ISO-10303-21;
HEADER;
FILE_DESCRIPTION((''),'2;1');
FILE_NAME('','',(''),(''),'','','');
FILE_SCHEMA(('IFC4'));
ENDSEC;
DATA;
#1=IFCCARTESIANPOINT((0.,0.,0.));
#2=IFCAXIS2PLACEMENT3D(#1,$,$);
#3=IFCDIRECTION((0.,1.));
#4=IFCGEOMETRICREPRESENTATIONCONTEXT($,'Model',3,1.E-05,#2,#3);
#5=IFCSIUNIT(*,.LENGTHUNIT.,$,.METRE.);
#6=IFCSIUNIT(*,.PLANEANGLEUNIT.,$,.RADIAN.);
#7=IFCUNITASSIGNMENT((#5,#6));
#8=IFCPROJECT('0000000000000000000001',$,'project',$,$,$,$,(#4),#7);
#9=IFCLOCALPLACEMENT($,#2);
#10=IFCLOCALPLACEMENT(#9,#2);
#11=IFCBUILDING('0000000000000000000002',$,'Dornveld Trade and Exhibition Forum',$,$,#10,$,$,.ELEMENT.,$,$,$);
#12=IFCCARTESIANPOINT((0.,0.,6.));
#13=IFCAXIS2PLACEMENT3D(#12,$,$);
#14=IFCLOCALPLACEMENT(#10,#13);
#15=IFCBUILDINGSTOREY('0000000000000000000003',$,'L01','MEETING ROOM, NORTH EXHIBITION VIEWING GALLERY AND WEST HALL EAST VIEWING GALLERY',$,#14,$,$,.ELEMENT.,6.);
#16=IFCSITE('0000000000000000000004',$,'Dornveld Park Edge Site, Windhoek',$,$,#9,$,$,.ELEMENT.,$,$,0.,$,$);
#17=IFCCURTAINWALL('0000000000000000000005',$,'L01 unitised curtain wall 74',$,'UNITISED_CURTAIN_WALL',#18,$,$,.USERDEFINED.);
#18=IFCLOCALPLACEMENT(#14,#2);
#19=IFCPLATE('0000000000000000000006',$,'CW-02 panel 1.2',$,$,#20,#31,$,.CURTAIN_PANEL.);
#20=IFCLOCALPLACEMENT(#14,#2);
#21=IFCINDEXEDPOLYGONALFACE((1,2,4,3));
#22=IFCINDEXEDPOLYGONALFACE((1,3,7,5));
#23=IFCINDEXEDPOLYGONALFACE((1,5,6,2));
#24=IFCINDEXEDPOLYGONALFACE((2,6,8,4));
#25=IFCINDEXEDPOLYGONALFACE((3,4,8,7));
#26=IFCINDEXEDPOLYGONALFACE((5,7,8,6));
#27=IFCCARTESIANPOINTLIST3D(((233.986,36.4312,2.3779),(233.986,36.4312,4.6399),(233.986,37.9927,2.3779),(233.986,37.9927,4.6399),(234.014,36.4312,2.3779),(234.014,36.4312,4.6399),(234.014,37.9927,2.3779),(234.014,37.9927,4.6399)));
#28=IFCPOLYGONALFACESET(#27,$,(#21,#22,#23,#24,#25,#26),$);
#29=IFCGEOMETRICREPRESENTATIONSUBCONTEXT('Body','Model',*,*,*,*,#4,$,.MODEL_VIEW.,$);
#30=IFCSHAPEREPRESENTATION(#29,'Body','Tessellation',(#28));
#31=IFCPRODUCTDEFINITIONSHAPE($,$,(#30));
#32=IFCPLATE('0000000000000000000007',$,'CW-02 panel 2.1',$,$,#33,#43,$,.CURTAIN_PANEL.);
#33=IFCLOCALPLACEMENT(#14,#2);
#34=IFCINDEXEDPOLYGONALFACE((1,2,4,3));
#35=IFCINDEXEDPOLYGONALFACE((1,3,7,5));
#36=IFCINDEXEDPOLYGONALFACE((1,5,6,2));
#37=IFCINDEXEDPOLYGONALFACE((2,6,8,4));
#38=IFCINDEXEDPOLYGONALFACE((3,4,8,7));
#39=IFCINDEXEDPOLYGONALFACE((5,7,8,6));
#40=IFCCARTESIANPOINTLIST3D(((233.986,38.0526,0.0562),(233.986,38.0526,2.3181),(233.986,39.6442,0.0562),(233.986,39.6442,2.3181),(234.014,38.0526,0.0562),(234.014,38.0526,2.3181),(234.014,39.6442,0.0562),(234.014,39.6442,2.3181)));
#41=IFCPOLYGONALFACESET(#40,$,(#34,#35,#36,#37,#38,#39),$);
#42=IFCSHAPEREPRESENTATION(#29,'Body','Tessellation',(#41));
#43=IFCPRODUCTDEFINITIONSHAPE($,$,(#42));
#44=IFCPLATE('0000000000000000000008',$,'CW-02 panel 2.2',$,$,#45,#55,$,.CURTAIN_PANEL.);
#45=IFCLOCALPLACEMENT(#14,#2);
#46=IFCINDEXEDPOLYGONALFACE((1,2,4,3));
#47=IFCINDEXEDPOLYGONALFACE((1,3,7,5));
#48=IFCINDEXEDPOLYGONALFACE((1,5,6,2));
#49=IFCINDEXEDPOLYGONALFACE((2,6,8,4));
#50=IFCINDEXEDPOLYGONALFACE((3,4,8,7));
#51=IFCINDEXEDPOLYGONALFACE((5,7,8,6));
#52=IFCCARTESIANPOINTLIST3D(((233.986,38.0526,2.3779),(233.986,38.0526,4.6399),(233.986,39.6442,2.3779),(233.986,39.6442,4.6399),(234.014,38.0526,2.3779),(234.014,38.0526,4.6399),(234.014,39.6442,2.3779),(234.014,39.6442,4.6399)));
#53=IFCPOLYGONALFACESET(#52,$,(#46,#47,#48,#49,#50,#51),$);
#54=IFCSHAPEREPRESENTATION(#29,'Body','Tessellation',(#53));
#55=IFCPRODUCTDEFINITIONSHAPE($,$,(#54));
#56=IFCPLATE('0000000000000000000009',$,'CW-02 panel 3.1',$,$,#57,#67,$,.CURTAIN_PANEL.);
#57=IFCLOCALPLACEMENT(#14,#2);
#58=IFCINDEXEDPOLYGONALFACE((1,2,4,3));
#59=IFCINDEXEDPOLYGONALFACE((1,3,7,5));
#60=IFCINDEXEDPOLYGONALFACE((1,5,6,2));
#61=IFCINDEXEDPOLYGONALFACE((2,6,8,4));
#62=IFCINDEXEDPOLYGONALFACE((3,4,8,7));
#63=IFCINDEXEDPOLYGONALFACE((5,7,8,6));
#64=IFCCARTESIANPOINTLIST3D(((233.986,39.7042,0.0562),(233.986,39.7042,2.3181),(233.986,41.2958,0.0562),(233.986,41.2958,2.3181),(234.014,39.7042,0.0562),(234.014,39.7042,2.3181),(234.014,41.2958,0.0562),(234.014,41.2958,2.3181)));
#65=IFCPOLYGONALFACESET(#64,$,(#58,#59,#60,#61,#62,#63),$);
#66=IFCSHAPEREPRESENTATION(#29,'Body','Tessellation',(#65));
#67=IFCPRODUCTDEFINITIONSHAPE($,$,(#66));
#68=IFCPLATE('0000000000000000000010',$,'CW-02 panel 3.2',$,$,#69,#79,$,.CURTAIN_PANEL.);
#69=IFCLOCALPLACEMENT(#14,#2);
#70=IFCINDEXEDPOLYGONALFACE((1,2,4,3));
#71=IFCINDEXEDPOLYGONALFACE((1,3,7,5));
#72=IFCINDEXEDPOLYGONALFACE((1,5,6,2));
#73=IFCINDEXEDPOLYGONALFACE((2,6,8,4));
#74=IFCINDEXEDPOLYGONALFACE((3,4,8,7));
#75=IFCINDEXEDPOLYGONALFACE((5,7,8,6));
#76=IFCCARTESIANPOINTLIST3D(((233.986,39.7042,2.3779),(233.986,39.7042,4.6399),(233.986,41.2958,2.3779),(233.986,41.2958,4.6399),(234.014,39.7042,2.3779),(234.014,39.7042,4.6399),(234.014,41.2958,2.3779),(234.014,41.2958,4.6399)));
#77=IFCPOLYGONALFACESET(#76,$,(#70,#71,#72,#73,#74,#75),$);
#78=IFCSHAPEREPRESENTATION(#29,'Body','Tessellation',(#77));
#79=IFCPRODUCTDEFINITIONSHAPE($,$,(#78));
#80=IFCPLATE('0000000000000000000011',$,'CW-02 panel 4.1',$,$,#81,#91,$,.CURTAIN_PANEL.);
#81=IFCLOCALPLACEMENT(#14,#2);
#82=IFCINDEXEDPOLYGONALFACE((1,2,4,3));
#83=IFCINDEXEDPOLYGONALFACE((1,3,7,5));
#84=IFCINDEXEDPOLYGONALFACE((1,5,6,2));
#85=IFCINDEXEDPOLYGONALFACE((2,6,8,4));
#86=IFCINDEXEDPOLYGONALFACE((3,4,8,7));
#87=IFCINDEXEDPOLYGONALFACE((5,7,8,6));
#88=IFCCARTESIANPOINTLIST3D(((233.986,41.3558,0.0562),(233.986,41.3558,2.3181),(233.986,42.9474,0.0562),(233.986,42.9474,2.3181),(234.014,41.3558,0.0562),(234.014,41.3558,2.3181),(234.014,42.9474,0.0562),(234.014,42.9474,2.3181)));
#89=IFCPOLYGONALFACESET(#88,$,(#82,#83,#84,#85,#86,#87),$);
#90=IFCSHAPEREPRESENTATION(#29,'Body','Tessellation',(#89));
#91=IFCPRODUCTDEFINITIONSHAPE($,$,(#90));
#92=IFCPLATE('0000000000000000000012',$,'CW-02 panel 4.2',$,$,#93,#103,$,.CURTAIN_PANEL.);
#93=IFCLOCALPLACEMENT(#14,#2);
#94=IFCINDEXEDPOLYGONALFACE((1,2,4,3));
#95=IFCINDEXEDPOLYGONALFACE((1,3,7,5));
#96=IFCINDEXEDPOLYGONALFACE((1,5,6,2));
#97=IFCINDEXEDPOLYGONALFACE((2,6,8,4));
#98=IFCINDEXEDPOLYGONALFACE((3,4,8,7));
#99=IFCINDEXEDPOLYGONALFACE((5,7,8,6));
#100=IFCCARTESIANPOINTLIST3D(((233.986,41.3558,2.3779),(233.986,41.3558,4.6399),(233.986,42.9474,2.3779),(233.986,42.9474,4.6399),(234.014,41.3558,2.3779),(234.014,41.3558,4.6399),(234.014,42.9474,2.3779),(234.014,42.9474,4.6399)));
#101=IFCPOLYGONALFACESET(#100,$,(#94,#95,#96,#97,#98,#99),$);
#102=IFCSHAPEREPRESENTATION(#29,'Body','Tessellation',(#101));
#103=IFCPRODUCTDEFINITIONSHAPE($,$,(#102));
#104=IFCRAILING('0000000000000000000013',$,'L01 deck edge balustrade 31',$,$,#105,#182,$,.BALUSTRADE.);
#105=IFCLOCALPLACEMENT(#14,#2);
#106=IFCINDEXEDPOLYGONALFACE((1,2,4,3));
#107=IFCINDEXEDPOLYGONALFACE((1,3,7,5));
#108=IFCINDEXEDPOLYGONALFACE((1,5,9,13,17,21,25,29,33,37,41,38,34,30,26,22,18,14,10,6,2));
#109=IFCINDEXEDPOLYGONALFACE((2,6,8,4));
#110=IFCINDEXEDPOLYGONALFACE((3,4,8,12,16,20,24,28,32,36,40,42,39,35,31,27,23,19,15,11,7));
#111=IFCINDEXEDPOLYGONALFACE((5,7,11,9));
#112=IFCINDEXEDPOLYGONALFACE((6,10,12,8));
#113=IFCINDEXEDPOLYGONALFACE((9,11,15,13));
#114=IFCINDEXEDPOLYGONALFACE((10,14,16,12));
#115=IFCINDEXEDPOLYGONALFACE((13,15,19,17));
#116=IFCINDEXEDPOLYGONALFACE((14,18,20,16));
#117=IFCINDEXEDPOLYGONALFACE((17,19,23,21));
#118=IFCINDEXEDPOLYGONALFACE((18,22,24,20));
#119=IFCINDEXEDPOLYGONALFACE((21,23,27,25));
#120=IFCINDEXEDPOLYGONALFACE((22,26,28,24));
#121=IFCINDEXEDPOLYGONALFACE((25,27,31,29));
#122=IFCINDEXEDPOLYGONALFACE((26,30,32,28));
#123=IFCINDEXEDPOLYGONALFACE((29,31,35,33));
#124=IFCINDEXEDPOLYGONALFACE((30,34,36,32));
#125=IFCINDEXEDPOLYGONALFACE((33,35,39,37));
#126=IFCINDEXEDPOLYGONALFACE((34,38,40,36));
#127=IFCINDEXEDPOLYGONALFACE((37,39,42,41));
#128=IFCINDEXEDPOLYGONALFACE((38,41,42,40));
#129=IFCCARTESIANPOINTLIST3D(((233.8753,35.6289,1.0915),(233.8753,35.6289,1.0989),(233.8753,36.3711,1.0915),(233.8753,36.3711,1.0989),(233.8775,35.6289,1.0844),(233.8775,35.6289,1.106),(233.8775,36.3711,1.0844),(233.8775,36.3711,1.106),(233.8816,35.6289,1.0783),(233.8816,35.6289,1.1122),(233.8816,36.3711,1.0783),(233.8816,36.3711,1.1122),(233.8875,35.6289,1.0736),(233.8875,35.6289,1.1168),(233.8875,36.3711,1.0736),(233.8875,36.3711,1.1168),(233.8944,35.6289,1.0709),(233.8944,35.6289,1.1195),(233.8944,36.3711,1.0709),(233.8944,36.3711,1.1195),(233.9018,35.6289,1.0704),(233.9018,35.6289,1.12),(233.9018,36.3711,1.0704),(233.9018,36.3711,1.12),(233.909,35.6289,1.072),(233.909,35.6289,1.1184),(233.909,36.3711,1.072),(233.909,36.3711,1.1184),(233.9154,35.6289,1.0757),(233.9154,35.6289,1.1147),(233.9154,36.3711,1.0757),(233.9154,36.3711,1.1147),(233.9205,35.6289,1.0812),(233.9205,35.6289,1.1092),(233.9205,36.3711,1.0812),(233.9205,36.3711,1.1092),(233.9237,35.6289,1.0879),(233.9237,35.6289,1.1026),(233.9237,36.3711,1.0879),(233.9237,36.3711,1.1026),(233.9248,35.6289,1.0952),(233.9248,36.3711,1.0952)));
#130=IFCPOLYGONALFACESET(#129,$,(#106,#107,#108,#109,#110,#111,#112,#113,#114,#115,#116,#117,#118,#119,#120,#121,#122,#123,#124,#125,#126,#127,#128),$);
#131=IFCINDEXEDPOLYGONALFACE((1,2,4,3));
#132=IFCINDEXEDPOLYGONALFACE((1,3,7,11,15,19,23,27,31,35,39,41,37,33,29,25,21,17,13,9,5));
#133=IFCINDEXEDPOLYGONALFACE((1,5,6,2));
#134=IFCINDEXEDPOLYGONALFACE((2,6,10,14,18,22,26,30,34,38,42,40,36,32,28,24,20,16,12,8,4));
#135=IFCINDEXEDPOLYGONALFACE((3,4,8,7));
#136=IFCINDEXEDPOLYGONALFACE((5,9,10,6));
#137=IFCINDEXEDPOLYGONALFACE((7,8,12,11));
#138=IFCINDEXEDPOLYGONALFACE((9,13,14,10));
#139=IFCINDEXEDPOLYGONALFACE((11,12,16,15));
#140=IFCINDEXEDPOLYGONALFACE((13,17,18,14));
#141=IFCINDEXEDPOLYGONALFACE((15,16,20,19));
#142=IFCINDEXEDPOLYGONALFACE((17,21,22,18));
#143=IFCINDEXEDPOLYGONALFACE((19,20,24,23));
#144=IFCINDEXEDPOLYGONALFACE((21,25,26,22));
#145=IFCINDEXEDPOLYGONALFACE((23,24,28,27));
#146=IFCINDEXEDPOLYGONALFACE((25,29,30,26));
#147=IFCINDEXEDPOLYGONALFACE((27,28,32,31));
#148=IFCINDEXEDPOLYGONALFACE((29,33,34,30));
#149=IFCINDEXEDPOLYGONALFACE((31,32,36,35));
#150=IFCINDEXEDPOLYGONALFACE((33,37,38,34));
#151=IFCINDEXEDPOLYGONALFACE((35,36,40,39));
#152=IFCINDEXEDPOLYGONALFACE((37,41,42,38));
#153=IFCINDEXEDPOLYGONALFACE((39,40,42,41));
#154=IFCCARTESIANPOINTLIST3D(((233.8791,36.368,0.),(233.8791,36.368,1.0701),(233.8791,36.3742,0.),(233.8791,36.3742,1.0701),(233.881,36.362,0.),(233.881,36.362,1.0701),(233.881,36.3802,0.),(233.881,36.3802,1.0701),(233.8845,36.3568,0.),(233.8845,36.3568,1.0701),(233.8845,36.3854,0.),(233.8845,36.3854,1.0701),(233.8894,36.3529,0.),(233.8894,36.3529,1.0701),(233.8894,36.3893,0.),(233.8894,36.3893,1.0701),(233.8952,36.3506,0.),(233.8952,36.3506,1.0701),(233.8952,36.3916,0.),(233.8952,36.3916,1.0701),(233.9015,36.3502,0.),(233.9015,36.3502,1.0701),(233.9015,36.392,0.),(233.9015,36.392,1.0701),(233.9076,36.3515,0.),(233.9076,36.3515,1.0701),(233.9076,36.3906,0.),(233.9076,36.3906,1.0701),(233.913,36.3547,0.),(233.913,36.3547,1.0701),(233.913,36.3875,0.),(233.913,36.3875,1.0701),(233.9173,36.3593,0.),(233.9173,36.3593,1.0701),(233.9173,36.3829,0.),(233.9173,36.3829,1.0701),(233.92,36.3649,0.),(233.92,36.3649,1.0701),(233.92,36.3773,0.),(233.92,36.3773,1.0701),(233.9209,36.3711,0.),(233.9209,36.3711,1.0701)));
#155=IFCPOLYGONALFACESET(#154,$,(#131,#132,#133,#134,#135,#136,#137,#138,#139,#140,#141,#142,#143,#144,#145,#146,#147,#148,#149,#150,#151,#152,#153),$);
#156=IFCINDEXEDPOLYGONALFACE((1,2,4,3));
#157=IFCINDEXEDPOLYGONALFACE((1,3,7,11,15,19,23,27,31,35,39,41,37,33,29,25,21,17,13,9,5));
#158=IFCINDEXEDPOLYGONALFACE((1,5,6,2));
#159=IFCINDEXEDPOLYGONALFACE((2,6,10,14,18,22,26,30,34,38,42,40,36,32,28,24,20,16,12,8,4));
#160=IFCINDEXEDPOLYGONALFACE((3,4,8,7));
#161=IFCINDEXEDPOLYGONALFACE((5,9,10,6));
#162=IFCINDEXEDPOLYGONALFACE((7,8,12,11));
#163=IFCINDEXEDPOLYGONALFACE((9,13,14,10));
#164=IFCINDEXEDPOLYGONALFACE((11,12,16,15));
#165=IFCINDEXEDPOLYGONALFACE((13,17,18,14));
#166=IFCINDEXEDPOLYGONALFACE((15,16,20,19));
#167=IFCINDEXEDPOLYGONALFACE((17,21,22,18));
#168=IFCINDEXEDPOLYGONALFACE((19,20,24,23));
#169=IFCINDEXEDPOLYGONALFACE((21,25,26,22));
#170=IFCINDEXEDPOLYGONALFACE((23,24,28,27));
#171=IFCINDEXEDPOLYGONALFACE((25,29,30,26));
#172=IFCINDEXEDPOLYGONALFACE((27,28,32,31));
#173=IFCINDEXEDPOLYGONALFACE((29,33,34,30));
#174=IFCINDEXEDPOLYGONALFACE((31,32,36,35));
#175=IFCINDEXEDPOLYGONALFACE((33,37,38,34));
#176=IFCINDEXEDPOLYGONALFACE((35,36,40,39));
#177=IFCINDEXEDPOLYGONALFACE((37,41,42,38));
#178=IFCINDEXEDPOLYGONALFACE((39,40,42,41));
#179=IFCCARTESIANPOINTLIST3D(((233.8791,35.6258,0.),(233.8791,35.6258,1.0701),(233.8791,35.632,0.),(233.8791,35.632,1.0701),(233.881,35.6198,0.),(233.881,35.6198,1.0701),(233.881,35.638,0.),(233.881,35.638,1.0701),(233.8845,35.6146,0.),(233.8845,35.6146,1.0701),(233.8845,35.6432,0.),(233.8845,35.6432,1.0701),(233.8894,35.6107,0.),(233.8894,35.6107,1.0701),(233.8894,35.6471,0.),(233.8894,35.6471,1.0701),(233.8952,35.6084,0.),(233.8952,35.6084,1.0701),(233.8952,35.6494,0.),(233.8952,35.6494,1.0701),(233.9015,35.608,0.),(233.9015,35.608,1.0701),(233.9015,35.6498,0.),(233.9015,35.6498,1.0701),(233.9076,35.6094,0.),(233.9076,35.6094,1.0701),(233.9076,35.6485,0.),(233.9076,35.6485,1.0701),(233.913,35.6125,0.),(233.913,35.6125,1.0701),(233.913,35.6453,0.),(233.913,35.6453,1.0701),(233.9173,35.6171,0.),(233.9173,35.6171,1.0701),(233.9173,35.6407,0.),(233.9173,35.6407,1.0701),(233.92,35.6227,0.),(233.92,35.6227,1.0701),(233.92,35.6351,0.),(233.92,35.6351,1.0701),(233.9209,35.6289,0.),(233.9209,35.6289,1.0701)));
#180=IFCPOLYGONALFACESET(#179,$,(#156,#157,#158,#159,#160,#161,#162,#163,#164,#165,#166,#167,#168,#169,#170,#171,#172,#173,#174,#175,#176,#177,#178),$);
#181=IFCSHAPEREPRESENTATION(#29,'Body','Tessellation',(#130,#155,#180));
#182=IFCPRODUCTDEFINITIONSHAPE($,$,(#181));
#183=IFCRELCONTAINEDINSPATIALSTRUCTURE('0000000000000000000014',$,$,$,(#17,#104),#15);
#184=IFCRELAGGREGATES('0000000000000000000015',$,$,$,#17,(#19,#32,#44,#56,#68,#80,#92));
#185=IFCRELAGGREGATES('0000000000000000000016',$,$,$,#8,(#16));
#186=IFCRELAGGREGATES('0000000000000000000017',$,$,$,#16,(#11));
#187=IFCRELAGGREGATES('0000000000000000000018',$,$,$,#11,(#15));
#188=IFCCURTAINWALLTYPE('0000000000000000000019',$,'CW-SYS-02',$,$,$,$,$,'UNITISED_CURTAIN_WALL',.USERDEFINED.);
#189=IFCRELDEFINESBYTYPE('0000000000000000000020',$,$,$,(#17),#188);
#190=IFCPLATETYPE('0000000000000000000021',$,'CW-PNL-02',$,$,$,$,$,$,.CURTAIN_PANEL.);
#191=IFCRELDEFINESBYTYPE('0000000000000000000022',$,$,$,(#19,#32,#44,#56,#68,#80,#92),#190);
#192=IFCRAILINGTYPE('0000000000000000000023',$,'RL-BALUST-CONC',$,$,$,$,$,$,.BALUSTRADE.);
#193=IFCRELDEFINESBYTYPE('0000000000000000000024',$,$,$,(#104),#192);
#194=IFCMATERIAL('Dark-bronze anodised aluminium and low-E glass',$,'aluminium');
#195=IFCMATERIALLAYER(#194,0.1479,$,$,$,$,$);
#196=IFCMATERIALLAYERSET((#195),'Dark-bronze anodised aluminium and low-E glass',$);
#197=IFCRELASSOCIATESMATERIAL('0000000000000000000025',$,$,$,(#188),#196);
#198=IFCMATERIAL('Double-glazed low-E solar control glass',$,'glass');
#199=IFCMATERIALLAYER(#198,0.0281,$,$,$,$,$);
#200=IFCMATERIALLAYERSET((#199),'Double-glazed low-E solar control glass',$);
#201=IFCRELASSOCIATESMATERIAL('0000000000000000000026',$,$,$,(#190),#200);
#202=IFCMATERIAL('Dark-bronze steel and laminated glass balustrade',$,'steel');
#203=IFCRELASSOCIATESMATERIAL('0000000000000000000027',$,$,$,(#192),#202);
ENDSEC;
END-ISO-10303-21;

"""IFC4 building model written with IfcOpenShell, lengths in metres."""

from ifc_helpers import new_model, si_unit, direction, frame, origin, origin_2d, place, context, subcontext, project, spatial, rectangle, circle, extrude, material, layer, layer_set, type_object, element, aggregate, save


model = new_model("IFC4")

# Units and contexts
model_context = context("Model", 3, precision=1e-05, world=origin(), true_north=direction((0.0, 1.0)))
body_context = subcontext(model_context, "Body", "Model", "MODEL_VIEW")
ifc_project = project(units=[si_unit("LENGTHUNIT", "METRE"), si_unit("PLANEANGLEUNIT", "RADIAN")], contexts=[model_context])

# Site, building, storey
site_placement = place(None, origin())
site = spatial("IfcSite", under=ifc_project, at=site_placement, Name="Dornveld Park Edge Site, Windhoek", CompositionType="ELEMENT", RefElevation=0.0)
building_placement = place(site_placement, origin())
building = spatial("IfcBuilding", under=site, at=building_placement, Name="Dornveld Trade and Exhibition Forum", CompositionType="ELEMENT")
storey_placement = place(building_placement, frame((0.0, 0.0, 6.0)))
storey = spatial("IfcBuildingStorey", under=building, at=storey_placement, Name="L01", Description="MEETING ROOM, NORTH EXHIBITION VIEWING GALLERY AND WEST HALL EAST VIEWING GALLERY", CompositionType="ELEMENT", Elevation=6.0)

# Curtain wall, plates
ifc_material_1 = material(Name="Dark-bronze anodised aluminium and low-E glass", Category="aluminium")
ifc_layer_1 = layer(ifc_material_1, 0.1479)
ifc_layer_set_1 = layer_set([ifc_layer_1], Name="Dark-bronze anodised aluminium and low-E glass")
curtain_wall_type = type_object("IfcCurtainWallType", Name="CW-SYS-02", ElementType="UNITISED_CURTAIN_WALL", PredefinedType="USERDEFINED", material=ifc_layer_set_1)
curtain_wall_placement = place(storey_placement, origin())
curtain_wall = element("IfcCurtainWall", 1, at=curtain_wall_placement, inside=storey, type_object=curtain_wall_type, Name="L01 unitised curtain wall 74", ObjectType="UNITISED_CURTAIN_WALL", PredefinedType="USERDEFINED")
ifc_material_2 = material(Name="Double-glazed low-E solar control glass", Category="glass")
ifc_layer_2 = layer(ifc_material_2, 0.0281)
ifc_layer_set_2 = layer_set([ifc_layer_2], Name="Double-glazed low-E solar control glass")
plate_type = type_object("IfcPlateType", Name="CW-PNL-02", PredefinedType="CURTAIN_PANEL", material=ifc_layer_set_2)
plate_1_placement = place(storey_placement, frame((234.0, 37.2119, 2.3779), z_axis=(0.0, 0.0, 1.0), x_axis=(0.0, 1.0, 0.0)))
plate_1 = element("IfcPlate", 2, at=plate_1_placement, type_object=plate_type, Name="CW-02 panel 1.2", PredefinedType="CURTAIN_PANEL", context=body_context, shape_type="SweptSolid", body=[
    extrude(rectangle(XDim=1.5615, YDim=0.0281, at=origin_2d()), origin(), (0.0, 0.0, 1.0), 2.262),
])
plate_2_placement = place(storey_placement, frame((234.0, 38.8484, 0.0562), z_axis=(0.0, 0.0, 1.0), x_axis=(0.0, 1.0, 0.0)))
plate_2 = element("IfcPlate", 3, at=plate_2_placement, type_object=plate_type, Name="CW-02 panel 2.1", PredefinedType="CURTAIN_PANEL", context=body_context, shape_type="SweptSolid", body=[
    extrude(rectangle(XDim=1.5916, YDim=0.0281, at=origin_2d()), origin(), (0.0, 0.0, 1.0), 2.262),
])
plate_3_placement = place(storey_placement, frame((234.0, 38.8484, 2.3779), z_axis=(0.0, 0.0, 1.0), x_axis=(0.0, 1.0, 0.0)))
plate_3 = element("IfcPlate", 4, at=plate_3_placement, type_object=plate_type, Name="CW-02 panel 2.2", PredefinedType="CURTAIN_PANEL", context=body_context, shape_type="SweptSolid", body=[
    extrude(rectangle(XDim=1.5916, YDim=0.0281, at=origin_2d()), origin(), (0.0, 0.0, 1.0), 2.262),
])
plate_4_placement = place(storey_placement, frame((234.0, 40.5, 0.0562), z_axis=(0.0, 0.0, 1.0), x_axis=(0.0, 1.0, 0.0)))
plate_4 = element("IfcPlate", 5, at=plate_4_placement, type_object=plate_type, Name="CW-02 panel 3.1", PredefinedType="CURTAIN_PANEL", context=body_context, shape_type="SweptSolid", body=[
    extrude(rectangle(XDim=1.5916, YDim=0.0281, at=origin_2d()), origin(), (0.0, 0.0, 1.0), 2.262),
])
plate_5_placement = place(storey_placement, frame((234.0, 40.5, 2.3779), z_axis=(0.0, 0.0, 1.0), x_axis=(0.0, 1.0, 0.0)))
plate_5 = element("IfcPlate", 6, at=plate_5_placement, type_object=plate_type, Name="CW-02 panel 3.2", PredefinedType="CURTAIN_PANEL", context=body_context, shape_type="SweptSolid", body=[
    extrude(rectangle(XDim=1.5916, YDim=0.0281, at=origin_2d()), origin(), (0.0, 0.0, 1.0), 2.262),
])
plate_6_placement = place(storey_placement, frame((234.0, 42.1516, 0.0562), z_axis=(0.0, 0.0, 1.0), x_axis=(0.0, 1.0, 0.0)))
plate_6 = element("IfcPlate", 7, at=plate_6_placement, type_object=plate_type, Name="CW-02 panel 4.1", PredefinedType="CURTAIN_PANEL", context=body_context, shape_type="SweptSolid", body=[
    extrude(rectangle(XDim=1.5916, YDim=0.0281, at=origin_2d()), origin(), (0.0, 0.0, 1.0), 2.262),
])
plate_7_placement = place(storey_placement, frame((234.0, 42.1516, 2.3779), z_axis=(0.0, 0.0, 1.0), x_axis=(0.0, 1.0, 0.0)))
plate_7 = element("IfcPlate", 8, at=plate_7_placement, type_object=plate_type, Name="CW-02 panel 4.2", PredefinedType="CURTAIN_PANEL", context=body_context, shape_type="SweptSolid", body=[
    extrude(rectangle(XDim=1.5916, YDim=0.0281, at=origin_2d()), origin(), (0.0, 0.0, 1.0), 2.262),
])
aggregate(curtain_wall, [plate_1, plate_2, plate_3, plate_4, plate_5, plate_6, plate_7])

# Railing
ifc_material_3 = material(Name="Dark-bronze steel and laminated glass balustrade", Category="steel")
railing_type = type_object("IfcRailingType", Name="RL-BALUST-CONC", PredefinedType="BALUSTRADE", material=ifc_material_3)
railing_placement = place(storey_placement, frame((233.8999, 36.3711, 0.0)))
element("IfcRailing", 9, at=railing_placement, inside=storey, type_object=railing_type, Name="L01 deck edge balustrade 31", PredefinedType="BALUSTRADE", context=body_context, shape_type="SweptSolid", body=[
    extrude(circle(Radius=0.0249, at=origin_2d()), frame((0.0, 0.0, 1.0952), z_axis=(0.0, -1.0, 0.0), x_axis=(1.0, 0.0, 0.0)), (0.0, 0.0, 1.0), 0.7422),
    extrude(circle(Radius=0.021, at=origin_2d()), origin(), (0.0, 0.0, 1.0), 1.0701),
    extrude(circle(Radius=0.021, at=origin_2d()), frame((0.0, -0.7422, 0.0)), (0.0, 0.0, 1.0), 1.0701),
])

save(model, "model.ifc")
